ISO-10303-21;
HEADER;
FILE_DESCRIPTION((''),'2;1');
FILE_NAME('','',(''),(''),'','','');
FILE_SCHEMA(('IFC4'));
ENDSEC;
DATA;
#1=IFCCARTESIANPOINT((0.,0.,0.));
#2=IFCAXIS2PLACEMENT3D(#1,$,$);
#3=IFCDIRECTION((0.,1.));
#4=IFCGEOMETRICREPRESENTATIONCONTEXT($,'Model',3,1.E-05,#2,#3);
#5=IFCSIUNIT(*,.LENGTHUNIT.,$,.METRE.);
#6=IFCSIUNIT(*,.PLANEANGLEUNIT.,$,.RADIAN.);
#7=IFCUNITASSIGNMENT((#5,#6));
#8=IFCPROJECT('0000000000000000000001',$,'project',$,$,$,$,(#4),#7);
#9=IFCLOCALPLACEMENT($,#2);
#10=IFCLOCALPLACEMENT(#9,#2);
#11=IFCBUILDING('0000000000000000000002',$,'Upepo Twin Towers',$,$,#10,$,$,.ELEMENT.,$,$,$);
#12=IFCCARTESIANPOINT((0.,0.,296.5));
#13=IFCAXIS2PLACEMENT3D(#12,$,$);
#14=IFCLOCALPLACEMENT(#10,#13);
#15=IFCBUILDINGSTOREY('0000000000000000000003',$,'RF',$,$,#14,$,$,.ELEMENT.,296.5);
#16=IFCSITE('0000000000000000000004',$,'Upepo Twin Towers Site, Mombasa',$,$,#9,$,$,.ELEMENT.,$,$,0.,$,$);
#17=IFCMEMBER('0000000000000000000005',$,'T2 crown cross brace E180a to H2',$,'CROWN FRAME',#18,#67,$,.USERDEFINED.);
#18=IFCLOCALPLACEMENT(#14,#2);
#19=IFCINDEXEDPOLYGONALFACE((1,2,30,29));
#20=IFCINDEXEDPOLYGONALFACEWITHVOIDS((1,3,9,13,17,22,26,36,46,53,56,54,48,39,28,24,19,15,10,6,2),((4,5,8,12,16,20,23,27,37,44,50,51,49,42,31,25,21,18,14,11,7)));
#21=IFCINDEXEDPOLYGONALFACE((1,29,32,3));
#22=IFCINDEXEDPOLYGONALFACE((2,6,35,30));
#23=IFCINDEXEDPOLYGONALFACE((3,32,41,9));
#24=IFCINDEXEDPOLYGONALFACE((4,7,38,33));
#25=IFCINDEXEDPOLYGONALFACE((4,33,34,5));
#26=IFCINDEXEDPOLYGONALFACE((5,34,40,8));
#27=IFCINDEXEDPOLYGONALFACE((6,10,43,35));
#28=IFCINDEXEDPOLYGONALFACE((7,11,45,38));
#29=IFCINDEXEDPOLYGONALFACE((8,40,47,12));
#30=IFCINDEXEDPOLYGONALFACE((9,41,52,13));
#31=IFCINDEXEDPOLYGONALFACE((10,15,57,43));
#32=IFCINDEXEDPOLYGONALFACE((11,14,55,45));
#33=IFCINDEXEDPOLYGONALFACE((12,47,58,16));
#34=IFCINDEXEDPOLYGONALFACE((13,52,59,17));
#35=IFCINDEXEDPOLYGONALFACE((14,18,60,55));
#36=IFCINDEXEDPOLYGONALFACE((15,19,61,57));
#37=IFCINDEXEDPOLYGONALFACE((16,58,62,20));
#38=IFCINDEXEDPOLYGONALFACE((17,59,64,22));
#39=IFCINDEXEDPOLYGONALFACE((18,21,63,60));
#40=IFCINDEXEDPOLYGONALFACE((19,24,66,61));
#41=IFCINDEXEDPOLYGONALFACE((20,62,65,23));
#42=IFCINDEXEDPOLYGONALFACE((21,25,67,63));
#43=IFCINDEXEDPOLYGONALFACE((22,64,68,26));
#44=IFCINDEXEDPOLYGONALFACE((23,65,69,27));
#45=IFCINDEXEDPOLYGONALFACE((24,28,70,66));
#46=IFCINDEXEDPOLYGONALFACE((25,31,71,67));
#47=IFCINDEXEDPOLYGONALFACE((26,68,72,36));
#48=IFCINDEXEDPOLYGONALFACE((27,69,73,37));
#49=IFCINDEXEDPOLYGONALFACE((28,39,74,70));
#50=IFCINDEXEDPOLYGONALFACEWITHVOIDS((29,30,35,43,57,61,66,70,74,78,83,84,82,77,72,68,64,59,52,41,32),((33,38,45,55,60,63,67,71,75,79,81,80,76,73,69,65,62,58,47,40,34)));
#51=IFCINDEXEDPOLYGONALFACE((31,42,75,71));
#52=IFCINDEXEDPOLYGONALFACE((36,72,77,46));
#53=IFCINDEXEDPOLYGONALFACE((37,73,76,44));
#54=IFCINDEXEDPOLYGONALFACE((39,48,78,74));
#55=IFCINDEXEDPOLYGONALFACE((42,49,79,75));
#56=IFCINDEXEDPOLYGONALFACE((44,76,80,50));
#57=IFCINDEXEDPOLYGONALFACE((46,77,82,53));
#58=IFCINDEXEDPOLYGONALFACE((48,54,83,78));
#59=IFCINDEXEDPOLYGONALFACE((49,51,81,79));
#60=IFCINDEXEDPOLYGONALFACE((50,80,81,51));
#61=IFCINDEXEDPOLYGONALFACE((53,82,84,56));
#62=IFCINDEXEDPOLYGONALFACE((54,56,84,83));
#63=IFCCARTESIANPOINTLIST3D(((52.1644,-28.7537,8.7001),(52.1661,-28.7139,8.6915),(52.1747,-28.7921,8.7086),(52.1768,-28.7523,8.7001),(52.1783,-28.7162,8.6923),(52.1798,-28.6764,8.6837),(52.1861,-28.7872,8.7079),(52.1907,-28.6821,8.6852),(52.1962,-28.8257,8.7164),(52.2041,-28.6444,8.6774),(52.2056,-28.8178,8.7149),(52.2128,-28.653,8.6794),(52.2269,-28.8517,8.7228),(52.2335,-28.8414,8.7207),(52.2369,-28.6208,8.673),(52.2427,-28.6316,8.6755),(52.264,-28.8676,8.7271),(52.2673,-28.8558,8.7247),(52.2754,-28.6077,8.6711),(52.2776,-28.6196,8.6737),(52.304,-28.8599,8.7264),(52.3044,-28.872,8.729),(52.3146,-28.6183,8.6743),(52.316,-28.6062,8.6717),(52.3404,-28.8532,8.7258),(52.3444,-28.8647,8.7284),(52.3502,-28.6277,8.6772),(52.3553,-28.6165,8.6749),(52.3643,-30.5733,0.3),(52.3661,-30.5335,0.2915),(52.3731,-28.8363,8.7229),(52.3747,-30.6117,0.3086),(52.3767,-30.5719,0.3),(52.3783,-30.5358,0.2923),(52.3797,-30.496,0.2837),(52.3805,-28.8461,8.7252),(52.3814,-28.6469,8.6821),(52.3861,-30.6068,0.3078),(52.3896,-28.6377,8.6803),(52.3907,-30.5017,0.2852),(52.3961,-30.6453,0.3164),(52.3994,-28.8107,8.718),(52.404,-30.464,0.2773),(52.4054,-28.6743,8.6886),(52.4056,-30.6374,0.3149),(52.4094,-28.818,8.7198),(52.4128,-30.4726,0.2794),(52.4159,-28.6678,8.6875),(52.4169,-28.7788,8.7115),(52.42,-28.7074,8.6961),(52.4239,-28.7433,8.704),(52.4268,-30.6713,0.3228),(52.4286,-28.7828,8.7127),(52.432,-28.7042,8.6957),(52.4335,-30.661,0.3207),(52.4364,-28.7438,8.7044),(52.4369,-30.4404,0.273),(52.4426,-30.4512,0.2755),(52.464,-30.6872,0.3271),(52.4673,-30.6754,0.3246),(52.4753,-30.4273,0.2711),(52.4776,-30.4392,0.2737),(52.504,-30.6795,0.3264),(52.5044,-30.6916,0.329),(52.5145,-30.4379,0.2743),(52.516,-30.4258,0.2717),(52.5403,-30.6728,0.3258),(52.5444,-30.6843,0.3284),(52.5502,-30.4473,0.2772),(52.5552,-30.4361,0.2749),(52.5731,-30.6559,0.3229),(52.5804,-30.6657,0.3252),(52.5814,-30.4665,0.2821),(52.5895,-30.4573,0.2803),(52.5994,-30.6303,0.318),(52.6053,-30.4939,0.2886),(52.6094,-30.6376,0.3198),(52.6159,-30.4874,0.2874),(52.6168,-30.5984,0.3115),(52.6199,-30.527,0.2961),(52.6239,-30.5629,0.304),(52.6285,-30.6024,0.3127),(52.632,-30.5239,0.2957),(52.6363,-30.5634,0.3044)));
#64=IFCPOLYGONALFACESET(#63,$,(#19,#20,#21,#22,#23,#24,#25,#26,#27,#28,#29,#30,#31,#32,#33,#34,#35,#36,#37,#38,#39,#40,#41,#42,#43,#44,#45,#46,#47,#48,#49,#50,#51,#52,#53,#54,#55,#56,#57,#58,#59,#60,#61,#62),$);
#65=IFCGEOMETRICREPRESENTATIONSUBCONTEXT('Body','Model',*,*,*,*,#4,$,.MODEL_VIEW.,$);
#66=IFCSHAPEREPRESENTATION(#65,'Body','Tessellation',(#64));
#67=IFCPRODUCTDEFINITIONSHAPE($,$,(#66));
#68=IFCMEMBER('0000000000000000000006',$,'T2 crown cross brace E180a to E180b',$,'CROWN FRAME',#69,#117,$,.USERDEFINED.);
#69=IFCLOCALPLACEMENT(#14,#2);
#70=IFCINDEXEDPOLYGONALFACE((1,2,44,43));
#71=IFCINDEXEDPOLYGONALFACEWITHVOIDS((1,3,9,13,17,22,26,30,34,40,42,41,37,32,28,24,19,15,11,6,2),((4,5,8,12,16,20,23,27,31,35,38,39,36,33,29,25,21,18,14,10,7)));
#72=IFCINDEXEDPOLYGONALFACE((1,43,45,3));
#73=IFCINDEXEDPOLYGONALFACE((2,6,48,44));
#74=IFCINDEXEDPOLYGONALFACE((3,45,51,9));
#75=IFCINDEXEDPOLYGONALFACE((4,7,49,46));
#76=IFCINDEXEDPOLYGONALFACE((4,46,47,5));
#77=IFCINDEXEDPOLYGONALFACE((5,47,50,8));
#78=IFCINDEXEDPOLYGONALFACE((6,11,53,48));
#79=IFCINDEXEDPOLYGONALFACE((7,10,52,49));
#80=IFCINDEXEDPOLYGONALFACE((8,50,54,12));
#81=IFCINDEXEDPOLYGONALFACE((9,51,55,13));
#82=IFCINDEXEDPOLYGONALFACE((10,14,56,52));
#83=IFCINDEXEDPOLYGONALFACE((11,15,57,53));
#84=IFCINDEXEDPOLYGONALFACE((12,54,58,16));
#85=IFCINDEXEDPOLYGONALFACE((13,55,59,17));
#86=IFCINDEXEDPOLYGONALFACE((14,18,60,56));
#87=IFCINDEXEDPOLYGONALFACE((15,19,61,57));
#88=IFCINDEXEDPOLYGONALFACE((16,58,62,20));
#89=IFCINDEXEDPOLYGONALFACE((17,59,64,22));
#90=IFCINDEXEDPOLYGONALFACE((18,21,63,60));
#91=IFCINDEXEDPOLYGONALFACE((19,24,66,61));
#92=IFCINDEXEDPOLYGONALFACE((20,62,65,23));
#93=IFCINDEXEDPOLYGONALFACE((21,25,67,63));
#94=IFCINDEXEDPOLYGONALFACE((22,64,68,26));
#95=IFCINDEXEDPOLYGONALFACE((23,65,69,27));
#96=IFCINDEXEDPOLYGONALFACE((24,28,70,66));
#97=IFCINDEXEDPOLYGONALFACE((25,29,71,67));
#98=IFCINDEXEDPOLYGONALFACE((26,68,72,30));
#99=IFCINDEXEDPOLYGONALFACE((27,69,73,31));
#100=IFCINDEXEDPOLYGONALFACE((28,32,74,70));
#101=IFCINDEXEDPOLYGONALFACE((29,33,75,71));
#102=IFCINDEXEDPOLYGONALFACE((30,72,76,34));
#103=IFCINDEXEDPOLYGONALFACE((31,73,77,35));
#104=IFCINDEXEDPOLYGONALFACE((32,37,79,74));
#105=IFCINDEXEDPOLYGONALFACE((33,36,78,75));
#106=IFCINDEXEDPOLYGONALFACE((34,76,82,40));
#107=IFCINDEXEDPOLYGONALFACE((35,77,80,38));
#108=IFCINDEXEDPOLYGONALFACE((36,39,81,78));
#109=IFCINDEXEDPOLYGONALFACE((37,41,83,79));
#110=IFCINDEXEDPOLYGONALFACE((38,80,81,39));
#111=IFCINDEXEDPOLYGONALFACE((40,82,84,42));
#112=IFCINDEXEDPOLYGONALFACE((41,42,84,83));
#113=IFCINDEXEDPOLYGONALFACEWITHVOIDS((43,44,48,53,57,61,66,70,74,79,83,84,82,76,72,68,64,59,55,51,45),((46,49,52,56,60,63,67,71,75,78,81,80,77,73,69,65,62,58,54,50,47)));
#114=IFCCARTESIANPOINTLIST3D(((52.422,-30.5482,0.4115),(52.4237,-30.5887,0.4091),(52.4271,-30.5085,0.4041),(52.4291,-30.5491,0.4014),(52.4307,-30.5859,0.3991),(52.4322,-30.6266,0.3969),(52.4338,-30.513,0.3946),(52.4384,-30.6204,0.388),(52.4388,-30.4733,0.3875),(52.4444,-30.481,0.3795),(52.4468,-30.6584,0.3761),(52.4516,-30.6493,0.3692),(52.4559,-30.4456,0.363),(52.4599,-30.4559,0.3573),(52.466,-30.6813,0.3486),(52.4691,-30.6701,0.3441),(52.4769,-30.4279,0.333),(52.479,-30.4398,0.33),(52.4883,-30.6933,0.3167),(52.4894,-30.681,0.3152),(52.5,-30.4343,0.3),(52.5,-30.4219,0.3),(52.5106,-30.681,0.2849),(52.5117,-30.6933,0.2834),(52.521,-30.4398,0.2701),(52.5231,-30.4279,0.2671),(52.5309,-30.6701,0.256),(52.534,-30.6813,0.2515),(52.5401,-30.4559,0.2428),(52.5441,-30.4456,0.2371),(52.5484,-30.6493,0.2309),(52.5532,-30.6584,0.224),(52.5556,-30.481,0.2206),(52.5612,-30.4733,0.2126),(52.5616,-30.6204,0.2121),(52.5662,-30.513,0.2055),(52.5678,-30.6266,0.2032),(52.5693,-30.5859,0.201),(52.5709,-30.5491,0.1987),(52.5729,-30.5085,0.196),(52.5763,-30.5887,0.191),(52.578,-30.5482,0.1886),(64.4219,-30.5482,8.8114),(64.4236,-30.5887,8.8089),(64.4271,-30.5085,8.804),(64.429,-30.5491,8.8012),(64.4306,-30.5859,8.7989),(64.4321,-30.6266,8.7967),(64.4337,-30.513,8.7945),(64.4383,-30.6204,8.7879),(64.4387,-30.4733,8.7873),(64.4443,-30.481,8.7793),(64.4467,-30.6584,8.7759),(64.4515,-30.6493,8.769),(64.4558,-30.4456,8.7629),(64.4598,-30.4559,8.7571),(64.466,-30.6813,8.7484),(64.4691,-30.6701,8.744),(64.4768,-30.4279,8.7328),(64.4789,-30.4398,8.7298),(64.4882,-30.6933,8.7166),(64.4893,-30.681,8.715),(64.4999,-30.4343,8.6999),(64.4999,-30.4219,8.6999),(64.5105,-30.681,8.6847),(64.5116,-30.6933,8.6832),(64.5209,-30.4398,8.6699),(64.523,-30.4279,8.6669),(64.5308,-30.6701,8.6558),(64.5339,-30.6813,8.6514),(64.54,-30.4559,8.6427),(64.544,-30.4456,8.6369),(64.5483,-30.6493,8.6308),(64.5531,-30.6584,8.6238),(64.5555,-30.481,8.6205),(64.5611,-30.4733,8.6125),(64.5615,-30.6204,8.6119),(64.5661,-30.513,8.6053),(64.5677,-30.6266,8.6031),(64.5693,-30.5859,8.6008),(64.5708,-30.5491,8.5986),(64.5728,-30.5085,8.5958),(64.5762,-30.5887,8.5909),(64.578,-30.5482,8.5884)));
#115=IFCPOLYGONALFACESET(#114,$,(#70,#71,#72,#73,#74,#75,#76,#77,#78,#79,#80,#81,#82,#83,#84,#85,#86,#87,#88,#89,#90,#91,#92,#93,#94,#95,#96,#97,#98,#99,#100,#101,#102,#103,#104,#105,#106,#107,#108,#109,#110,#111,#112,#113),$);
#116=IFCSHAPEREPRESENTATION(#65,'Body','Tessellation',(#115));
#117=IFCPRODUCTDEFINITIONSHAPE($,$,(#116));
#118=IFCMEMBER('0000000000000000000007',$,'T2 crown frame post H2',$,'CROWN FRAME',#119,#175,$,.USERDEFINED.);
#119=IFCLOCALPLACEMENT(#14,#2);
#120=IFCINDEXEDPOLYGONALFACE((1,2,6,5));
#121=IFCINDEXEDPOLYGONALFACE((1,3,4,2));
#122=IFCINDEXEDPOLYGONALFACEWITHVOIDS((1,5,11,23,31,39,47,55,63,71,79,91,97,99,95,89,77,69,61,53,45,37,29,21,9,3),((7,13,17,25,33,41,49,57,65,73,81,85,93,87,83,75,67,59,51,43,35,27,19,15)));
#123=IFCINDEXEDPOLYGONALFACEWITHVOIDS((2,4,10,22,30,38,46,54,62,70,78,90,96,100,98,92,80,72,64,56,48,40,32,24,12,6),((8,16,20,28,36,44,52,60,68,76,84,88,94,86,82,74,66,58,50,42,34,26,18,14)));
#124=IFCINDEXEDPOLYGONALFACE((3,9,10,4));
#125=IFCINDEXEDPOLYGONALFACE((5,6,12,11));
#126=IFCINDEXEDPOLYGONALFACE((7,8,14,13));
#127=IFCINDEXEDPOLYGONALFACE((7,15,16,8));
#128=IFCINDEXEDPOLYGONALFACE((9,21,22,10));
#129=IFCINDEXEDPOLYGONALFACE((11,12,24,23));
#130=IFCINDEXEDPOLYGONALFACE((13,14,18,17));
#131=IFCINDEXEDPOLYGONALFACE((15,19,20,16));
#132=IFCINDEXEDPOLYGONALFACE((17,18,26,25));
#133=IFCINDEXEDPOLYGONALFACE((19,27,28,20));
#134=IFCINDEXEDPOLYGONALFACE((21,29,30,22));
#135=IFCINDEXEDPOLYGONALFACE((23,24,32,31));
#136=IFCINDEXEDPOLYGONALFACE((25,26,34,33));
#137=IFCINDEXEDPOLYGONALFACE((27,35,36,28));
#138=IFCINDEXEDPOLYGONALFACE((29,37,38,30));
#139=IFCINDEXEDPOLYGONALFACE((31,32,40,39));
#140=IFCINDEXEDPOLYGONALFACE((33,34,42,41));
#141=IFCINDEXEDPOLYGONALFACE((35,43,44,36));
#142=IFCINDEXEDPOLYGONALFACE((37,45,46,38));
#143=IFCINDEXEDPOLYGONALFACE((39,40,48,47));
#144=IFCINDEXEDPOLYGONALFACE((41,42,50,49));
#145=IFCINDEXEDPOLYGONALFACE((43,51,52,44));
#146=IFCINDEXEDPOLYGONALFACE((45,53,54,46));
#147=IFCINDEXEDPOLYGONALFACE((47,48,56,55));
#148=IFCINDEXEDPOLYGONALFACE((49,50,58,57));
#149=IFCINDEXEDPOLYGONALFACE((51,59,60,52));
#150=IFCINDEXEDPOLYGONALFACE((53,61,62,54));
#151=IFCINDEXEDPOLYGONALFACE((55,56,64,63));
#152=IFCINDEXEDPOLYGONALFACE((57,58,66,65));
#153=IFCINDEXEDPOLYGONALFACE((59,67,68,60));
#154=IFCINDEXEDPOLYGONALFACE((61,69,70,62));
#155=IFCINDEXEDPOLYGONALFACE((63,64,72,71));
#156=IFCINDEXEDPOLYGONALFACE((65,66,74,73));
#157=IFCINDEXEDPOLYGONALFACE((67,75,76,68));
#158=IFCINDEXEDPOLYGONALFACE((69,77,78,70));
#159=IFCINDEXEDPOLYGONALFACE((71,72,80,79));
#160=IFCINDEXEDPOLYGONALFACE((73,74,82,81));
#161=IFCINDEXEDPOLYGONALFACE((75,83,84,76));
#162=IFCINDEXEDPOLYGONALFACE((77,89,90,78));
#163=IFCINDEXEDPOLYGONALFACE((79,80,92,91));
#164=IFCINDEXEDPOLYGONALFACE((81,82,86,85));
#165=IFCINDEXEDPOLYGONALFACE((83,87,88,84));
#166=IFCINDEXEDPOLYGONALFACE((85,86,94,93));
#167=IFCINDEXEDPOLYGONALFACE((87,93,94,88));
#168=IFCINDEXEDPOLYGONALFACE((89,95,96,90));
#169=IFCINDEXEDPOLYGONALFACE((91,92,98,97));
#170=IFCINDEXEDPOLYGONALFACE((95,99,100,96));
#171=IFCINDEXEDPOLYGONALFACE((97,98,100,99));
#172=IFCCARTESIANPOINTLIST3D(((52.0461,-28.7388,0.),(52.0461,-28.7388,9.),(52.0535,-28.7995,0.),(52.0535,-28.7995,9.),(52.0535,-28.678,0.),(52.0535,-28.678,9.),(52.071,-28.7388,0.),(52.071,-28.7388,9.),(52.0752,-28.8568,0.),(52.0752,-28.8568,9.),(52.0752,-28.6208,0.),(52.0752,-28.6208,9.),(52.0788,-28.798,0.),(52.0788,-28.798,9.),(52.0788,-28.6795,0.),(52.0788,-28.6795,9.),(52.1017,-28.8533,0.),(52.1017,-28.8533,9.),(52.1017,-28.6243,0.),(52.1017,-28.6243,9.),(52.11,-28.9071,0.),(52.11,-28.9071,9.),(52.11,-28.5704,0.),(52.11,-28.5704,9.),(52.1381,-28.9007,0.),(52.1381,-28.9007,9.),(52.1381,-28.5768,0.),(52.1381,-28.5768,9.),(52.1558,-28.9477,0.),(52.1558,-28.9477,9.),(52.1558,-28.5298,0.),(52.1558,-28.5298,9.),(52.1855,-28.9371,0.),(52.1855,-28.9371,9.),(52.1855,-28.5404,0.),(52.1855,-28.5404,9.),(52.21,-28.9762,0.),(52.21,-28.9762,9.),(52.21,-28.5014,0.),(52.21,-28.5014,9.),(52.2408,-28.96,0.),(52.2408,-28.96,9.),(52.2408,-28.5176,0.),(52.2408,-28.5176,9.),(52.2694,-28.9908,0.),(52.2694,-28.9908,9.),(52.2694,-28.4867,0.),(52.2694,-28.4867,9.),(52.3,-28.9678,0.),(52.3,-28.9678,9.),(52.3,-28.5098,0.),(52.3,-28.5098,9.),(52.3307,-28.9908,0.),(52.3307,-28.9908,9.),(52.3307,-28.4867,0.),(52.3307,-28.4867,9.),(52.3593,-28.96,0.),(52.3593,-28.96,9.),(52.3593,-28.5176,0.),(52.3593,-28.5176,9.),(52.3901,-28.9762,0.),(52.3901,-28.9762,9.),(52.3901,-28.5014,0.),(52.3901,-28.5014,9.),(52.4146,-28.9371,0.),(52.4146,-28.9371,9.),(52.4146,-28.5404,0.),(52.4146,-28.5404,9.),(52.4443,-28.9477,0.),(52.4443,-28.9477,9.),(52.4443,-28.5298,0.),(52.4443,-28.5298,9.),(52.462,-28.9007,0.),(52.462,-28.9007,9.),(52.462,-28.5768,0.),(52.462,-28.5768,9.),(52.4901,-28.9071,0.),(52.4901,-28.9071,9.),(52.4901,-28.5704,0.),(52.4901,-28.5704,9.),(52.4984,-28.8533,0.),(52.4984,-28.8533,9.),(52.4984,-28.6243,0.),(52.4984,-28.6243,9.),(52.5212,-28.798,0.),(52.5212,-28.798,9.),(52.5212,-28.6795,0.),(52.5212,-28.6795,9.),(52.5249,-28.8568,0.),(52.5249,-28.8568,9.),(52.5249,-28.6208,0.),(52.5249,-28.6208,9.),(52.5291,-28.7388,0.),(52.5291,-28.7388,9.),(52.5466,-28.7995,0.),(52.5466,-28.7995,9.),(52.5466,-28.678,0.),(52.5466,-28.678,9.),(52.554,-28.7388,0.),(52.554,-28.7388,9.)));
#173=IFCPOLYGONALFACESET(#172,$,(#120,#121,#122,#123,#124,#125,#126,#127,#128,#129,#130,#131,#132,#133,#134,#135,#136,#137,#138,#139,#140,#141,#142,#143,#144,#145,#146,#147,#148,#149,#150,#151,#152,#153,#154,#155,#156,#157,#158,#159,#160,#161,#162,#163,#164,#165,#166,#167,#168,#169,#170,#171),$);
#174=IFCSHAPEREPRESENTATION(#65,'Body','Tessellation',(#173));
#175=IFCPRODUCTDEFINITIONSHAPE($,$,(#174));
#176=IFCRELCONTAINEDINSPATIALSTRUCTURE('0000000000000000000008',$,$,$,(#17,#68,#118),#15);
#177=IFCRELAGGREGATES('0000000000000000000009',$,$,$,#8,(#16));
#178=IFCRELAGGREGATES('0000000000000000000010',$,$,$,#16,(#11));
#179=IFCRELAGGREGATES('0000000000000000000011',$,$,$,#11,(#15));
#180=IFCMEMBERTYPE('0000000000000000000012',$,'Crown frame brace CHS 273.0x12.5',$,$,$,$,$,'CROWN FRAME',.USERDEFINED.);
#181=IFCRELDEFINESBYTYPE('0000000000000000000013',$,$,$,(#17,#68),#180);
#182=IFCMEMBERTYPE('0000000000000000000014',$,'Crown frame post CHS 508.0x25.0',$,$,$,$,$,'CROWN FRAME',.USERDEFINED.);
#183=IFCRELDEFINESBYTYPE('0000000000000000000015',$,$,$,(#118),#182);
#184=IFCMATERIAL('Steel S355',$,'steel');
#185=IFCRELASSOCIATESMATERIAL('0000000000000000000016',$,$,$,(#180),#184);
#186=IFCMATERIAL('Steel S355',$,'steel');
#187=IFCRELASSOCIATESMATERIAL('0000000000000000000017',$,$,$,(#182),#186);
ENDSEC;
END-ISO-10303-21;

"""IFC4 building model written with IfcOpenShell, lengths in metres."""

from ifc_helpers import new_model, si_unit, direction, frame, origin, origin_2d, place, context, subcontext, project, spatial, hollow_circle, extrude, material, material_profile, profile_set, type_object, element, save


model = new_model("IFC4")

# Units and contexts
model_context = context("Model", 3, precision=1e-05, world=origin(), true_north=direction((0.0, 1.0)))
body_context = subcontext(model_context, "Body", "Model", "MODEL_VIEW")
ifc_project = project(units=[si_unit("LENGTHUNIT", "METRE"), si_unit("PLANEANGLEUNIT", "RADIAN")], contexts=[model_context])

# Site, building, storey
site_placement = place(None, origin())
site = spatial("IfcSite", under=ifc_project, at=site_placement, Name="Upepo Twin Towers Site, Mombasa", CompositionType="ELEMENT", RefElevation=0.0)
building_placement = place(site_placement, origin())
building = spatial("IfcBuilding", under=site, at=building_placement, Name="Upepo Twin Towers", CompositionType="ELEMENT")
storey_placement = place(building_placement, frame((0.0, 0.0, 296.5)))
storey = spatial("IfcBuildingStorey", under=building, at=storey_placement, Name="RF", CompositionType="ELEMENT", Elevation=296.5)

# Members
ifc_material_1 = material(Name="Steel S355", Category="steel")
ifc_material_profile_1 = material_profile(ifc_material_1, hollow_circle(Radius=0.1365, WallThickness=0.0125, at=origin_2d()), Name="CHS 273.0x12.5")
ifc_profile_set_1 = profile_set([ifc_material_profile_1], Name="Steel S355")
member_type_1 = type_object("IfcMemberType", Name="Crown frame brace CHS 273.0x12.5", ElementType="CROWN FRAME", PredefinedType="USERDEFINED", material=ifc_profile_set_1)
for number, where, z_axis, x_axis, name in (
    (1, (52.5, -30.5583, 0.3), (-0.023258, 0.211652, 0.977068), (-0.994016, -0.109231, 0.0), "T2 crown cross brace E180a to H2"),
):
    element("IfcMember", number, at=place(storey_placement, frame(where, z_axis=z_axis, x_axis=x_axis)), inside=storey, type_object=member_type_1, Name=name, ObjectType="CROWN FRAME", PredefinedType="USERDEFINED", context=body_context, shape_type="SweptSolid", body=[
        extrude(hollow_circle(Radius=0.1365, WallThickness=0.0125, at=origin_2d()), origin(), (0.0, 0.0, 1.0), 8.5972),
    ])
member_1_placement = place(storey_placement, frame((52.5, -30.5583, 0.3), z_axis=(0.819235, 0.0, 0.573458), x_axis=(0.0, 1.0, 0.0)))
element("IfcMember", 2, at=member_1_placement, inside=storey, type_object=member_type_1, Name="T2 crown cross brace E180a to E180b", ObjectType="CROWN FRAME", PredefinedType="USERDEFINED", context=body_context, shape_type="SweptSolid", body=[
    extrude(hollow_circle(Radius=0.1365, WallThickness=0.0125, at=origin_2d()), origin(), (0.0, 0.0, 1.0), 14.6477),
])
ifc_material_2 = material(Name="Steel S355", Category="steel")
ifc_material_profile_2 = material_profile(ifc_material_2, hollow_circle(Radius=0.2539, WallThickness=0.0249, at=origin_2d()), Name="CHS 508.0x25.0")
ifc_profile_set_2 = profile_set([ifc_material_profile_2], Name="Steel S355")
member_type_2 = type_object("IfcMemberType", Name="Crown frame post CHS 508.0x25.0", ElementType="CROWN FRAME", PredefinedType="USERDEFINED", material=ifc_profile_set_2)
member_2_placement = place(storey_placement, frame((52.3, -28.7388, 0.0), z_axis=(0.0, 0.0, 1.0), x_axis=(1.0, 0.0, 0.0)))
element("IfcMember", 3, at=member_2_placement, inside=storey, type_object=member_type_2, Name="T2 crown frame post H2", ObjectType="CROWN FRAME", PredefinedType="USERDEFINED", context=body_context, shape_type="SweptSolid", body=[
    extrude(hollow_circle(Radius=0.2539, WallThickness=0.0249, at=origin_2d()), origin(), (0.0, 0.0, 1.0), 9.0),
])

save(model, "model.ifc")
